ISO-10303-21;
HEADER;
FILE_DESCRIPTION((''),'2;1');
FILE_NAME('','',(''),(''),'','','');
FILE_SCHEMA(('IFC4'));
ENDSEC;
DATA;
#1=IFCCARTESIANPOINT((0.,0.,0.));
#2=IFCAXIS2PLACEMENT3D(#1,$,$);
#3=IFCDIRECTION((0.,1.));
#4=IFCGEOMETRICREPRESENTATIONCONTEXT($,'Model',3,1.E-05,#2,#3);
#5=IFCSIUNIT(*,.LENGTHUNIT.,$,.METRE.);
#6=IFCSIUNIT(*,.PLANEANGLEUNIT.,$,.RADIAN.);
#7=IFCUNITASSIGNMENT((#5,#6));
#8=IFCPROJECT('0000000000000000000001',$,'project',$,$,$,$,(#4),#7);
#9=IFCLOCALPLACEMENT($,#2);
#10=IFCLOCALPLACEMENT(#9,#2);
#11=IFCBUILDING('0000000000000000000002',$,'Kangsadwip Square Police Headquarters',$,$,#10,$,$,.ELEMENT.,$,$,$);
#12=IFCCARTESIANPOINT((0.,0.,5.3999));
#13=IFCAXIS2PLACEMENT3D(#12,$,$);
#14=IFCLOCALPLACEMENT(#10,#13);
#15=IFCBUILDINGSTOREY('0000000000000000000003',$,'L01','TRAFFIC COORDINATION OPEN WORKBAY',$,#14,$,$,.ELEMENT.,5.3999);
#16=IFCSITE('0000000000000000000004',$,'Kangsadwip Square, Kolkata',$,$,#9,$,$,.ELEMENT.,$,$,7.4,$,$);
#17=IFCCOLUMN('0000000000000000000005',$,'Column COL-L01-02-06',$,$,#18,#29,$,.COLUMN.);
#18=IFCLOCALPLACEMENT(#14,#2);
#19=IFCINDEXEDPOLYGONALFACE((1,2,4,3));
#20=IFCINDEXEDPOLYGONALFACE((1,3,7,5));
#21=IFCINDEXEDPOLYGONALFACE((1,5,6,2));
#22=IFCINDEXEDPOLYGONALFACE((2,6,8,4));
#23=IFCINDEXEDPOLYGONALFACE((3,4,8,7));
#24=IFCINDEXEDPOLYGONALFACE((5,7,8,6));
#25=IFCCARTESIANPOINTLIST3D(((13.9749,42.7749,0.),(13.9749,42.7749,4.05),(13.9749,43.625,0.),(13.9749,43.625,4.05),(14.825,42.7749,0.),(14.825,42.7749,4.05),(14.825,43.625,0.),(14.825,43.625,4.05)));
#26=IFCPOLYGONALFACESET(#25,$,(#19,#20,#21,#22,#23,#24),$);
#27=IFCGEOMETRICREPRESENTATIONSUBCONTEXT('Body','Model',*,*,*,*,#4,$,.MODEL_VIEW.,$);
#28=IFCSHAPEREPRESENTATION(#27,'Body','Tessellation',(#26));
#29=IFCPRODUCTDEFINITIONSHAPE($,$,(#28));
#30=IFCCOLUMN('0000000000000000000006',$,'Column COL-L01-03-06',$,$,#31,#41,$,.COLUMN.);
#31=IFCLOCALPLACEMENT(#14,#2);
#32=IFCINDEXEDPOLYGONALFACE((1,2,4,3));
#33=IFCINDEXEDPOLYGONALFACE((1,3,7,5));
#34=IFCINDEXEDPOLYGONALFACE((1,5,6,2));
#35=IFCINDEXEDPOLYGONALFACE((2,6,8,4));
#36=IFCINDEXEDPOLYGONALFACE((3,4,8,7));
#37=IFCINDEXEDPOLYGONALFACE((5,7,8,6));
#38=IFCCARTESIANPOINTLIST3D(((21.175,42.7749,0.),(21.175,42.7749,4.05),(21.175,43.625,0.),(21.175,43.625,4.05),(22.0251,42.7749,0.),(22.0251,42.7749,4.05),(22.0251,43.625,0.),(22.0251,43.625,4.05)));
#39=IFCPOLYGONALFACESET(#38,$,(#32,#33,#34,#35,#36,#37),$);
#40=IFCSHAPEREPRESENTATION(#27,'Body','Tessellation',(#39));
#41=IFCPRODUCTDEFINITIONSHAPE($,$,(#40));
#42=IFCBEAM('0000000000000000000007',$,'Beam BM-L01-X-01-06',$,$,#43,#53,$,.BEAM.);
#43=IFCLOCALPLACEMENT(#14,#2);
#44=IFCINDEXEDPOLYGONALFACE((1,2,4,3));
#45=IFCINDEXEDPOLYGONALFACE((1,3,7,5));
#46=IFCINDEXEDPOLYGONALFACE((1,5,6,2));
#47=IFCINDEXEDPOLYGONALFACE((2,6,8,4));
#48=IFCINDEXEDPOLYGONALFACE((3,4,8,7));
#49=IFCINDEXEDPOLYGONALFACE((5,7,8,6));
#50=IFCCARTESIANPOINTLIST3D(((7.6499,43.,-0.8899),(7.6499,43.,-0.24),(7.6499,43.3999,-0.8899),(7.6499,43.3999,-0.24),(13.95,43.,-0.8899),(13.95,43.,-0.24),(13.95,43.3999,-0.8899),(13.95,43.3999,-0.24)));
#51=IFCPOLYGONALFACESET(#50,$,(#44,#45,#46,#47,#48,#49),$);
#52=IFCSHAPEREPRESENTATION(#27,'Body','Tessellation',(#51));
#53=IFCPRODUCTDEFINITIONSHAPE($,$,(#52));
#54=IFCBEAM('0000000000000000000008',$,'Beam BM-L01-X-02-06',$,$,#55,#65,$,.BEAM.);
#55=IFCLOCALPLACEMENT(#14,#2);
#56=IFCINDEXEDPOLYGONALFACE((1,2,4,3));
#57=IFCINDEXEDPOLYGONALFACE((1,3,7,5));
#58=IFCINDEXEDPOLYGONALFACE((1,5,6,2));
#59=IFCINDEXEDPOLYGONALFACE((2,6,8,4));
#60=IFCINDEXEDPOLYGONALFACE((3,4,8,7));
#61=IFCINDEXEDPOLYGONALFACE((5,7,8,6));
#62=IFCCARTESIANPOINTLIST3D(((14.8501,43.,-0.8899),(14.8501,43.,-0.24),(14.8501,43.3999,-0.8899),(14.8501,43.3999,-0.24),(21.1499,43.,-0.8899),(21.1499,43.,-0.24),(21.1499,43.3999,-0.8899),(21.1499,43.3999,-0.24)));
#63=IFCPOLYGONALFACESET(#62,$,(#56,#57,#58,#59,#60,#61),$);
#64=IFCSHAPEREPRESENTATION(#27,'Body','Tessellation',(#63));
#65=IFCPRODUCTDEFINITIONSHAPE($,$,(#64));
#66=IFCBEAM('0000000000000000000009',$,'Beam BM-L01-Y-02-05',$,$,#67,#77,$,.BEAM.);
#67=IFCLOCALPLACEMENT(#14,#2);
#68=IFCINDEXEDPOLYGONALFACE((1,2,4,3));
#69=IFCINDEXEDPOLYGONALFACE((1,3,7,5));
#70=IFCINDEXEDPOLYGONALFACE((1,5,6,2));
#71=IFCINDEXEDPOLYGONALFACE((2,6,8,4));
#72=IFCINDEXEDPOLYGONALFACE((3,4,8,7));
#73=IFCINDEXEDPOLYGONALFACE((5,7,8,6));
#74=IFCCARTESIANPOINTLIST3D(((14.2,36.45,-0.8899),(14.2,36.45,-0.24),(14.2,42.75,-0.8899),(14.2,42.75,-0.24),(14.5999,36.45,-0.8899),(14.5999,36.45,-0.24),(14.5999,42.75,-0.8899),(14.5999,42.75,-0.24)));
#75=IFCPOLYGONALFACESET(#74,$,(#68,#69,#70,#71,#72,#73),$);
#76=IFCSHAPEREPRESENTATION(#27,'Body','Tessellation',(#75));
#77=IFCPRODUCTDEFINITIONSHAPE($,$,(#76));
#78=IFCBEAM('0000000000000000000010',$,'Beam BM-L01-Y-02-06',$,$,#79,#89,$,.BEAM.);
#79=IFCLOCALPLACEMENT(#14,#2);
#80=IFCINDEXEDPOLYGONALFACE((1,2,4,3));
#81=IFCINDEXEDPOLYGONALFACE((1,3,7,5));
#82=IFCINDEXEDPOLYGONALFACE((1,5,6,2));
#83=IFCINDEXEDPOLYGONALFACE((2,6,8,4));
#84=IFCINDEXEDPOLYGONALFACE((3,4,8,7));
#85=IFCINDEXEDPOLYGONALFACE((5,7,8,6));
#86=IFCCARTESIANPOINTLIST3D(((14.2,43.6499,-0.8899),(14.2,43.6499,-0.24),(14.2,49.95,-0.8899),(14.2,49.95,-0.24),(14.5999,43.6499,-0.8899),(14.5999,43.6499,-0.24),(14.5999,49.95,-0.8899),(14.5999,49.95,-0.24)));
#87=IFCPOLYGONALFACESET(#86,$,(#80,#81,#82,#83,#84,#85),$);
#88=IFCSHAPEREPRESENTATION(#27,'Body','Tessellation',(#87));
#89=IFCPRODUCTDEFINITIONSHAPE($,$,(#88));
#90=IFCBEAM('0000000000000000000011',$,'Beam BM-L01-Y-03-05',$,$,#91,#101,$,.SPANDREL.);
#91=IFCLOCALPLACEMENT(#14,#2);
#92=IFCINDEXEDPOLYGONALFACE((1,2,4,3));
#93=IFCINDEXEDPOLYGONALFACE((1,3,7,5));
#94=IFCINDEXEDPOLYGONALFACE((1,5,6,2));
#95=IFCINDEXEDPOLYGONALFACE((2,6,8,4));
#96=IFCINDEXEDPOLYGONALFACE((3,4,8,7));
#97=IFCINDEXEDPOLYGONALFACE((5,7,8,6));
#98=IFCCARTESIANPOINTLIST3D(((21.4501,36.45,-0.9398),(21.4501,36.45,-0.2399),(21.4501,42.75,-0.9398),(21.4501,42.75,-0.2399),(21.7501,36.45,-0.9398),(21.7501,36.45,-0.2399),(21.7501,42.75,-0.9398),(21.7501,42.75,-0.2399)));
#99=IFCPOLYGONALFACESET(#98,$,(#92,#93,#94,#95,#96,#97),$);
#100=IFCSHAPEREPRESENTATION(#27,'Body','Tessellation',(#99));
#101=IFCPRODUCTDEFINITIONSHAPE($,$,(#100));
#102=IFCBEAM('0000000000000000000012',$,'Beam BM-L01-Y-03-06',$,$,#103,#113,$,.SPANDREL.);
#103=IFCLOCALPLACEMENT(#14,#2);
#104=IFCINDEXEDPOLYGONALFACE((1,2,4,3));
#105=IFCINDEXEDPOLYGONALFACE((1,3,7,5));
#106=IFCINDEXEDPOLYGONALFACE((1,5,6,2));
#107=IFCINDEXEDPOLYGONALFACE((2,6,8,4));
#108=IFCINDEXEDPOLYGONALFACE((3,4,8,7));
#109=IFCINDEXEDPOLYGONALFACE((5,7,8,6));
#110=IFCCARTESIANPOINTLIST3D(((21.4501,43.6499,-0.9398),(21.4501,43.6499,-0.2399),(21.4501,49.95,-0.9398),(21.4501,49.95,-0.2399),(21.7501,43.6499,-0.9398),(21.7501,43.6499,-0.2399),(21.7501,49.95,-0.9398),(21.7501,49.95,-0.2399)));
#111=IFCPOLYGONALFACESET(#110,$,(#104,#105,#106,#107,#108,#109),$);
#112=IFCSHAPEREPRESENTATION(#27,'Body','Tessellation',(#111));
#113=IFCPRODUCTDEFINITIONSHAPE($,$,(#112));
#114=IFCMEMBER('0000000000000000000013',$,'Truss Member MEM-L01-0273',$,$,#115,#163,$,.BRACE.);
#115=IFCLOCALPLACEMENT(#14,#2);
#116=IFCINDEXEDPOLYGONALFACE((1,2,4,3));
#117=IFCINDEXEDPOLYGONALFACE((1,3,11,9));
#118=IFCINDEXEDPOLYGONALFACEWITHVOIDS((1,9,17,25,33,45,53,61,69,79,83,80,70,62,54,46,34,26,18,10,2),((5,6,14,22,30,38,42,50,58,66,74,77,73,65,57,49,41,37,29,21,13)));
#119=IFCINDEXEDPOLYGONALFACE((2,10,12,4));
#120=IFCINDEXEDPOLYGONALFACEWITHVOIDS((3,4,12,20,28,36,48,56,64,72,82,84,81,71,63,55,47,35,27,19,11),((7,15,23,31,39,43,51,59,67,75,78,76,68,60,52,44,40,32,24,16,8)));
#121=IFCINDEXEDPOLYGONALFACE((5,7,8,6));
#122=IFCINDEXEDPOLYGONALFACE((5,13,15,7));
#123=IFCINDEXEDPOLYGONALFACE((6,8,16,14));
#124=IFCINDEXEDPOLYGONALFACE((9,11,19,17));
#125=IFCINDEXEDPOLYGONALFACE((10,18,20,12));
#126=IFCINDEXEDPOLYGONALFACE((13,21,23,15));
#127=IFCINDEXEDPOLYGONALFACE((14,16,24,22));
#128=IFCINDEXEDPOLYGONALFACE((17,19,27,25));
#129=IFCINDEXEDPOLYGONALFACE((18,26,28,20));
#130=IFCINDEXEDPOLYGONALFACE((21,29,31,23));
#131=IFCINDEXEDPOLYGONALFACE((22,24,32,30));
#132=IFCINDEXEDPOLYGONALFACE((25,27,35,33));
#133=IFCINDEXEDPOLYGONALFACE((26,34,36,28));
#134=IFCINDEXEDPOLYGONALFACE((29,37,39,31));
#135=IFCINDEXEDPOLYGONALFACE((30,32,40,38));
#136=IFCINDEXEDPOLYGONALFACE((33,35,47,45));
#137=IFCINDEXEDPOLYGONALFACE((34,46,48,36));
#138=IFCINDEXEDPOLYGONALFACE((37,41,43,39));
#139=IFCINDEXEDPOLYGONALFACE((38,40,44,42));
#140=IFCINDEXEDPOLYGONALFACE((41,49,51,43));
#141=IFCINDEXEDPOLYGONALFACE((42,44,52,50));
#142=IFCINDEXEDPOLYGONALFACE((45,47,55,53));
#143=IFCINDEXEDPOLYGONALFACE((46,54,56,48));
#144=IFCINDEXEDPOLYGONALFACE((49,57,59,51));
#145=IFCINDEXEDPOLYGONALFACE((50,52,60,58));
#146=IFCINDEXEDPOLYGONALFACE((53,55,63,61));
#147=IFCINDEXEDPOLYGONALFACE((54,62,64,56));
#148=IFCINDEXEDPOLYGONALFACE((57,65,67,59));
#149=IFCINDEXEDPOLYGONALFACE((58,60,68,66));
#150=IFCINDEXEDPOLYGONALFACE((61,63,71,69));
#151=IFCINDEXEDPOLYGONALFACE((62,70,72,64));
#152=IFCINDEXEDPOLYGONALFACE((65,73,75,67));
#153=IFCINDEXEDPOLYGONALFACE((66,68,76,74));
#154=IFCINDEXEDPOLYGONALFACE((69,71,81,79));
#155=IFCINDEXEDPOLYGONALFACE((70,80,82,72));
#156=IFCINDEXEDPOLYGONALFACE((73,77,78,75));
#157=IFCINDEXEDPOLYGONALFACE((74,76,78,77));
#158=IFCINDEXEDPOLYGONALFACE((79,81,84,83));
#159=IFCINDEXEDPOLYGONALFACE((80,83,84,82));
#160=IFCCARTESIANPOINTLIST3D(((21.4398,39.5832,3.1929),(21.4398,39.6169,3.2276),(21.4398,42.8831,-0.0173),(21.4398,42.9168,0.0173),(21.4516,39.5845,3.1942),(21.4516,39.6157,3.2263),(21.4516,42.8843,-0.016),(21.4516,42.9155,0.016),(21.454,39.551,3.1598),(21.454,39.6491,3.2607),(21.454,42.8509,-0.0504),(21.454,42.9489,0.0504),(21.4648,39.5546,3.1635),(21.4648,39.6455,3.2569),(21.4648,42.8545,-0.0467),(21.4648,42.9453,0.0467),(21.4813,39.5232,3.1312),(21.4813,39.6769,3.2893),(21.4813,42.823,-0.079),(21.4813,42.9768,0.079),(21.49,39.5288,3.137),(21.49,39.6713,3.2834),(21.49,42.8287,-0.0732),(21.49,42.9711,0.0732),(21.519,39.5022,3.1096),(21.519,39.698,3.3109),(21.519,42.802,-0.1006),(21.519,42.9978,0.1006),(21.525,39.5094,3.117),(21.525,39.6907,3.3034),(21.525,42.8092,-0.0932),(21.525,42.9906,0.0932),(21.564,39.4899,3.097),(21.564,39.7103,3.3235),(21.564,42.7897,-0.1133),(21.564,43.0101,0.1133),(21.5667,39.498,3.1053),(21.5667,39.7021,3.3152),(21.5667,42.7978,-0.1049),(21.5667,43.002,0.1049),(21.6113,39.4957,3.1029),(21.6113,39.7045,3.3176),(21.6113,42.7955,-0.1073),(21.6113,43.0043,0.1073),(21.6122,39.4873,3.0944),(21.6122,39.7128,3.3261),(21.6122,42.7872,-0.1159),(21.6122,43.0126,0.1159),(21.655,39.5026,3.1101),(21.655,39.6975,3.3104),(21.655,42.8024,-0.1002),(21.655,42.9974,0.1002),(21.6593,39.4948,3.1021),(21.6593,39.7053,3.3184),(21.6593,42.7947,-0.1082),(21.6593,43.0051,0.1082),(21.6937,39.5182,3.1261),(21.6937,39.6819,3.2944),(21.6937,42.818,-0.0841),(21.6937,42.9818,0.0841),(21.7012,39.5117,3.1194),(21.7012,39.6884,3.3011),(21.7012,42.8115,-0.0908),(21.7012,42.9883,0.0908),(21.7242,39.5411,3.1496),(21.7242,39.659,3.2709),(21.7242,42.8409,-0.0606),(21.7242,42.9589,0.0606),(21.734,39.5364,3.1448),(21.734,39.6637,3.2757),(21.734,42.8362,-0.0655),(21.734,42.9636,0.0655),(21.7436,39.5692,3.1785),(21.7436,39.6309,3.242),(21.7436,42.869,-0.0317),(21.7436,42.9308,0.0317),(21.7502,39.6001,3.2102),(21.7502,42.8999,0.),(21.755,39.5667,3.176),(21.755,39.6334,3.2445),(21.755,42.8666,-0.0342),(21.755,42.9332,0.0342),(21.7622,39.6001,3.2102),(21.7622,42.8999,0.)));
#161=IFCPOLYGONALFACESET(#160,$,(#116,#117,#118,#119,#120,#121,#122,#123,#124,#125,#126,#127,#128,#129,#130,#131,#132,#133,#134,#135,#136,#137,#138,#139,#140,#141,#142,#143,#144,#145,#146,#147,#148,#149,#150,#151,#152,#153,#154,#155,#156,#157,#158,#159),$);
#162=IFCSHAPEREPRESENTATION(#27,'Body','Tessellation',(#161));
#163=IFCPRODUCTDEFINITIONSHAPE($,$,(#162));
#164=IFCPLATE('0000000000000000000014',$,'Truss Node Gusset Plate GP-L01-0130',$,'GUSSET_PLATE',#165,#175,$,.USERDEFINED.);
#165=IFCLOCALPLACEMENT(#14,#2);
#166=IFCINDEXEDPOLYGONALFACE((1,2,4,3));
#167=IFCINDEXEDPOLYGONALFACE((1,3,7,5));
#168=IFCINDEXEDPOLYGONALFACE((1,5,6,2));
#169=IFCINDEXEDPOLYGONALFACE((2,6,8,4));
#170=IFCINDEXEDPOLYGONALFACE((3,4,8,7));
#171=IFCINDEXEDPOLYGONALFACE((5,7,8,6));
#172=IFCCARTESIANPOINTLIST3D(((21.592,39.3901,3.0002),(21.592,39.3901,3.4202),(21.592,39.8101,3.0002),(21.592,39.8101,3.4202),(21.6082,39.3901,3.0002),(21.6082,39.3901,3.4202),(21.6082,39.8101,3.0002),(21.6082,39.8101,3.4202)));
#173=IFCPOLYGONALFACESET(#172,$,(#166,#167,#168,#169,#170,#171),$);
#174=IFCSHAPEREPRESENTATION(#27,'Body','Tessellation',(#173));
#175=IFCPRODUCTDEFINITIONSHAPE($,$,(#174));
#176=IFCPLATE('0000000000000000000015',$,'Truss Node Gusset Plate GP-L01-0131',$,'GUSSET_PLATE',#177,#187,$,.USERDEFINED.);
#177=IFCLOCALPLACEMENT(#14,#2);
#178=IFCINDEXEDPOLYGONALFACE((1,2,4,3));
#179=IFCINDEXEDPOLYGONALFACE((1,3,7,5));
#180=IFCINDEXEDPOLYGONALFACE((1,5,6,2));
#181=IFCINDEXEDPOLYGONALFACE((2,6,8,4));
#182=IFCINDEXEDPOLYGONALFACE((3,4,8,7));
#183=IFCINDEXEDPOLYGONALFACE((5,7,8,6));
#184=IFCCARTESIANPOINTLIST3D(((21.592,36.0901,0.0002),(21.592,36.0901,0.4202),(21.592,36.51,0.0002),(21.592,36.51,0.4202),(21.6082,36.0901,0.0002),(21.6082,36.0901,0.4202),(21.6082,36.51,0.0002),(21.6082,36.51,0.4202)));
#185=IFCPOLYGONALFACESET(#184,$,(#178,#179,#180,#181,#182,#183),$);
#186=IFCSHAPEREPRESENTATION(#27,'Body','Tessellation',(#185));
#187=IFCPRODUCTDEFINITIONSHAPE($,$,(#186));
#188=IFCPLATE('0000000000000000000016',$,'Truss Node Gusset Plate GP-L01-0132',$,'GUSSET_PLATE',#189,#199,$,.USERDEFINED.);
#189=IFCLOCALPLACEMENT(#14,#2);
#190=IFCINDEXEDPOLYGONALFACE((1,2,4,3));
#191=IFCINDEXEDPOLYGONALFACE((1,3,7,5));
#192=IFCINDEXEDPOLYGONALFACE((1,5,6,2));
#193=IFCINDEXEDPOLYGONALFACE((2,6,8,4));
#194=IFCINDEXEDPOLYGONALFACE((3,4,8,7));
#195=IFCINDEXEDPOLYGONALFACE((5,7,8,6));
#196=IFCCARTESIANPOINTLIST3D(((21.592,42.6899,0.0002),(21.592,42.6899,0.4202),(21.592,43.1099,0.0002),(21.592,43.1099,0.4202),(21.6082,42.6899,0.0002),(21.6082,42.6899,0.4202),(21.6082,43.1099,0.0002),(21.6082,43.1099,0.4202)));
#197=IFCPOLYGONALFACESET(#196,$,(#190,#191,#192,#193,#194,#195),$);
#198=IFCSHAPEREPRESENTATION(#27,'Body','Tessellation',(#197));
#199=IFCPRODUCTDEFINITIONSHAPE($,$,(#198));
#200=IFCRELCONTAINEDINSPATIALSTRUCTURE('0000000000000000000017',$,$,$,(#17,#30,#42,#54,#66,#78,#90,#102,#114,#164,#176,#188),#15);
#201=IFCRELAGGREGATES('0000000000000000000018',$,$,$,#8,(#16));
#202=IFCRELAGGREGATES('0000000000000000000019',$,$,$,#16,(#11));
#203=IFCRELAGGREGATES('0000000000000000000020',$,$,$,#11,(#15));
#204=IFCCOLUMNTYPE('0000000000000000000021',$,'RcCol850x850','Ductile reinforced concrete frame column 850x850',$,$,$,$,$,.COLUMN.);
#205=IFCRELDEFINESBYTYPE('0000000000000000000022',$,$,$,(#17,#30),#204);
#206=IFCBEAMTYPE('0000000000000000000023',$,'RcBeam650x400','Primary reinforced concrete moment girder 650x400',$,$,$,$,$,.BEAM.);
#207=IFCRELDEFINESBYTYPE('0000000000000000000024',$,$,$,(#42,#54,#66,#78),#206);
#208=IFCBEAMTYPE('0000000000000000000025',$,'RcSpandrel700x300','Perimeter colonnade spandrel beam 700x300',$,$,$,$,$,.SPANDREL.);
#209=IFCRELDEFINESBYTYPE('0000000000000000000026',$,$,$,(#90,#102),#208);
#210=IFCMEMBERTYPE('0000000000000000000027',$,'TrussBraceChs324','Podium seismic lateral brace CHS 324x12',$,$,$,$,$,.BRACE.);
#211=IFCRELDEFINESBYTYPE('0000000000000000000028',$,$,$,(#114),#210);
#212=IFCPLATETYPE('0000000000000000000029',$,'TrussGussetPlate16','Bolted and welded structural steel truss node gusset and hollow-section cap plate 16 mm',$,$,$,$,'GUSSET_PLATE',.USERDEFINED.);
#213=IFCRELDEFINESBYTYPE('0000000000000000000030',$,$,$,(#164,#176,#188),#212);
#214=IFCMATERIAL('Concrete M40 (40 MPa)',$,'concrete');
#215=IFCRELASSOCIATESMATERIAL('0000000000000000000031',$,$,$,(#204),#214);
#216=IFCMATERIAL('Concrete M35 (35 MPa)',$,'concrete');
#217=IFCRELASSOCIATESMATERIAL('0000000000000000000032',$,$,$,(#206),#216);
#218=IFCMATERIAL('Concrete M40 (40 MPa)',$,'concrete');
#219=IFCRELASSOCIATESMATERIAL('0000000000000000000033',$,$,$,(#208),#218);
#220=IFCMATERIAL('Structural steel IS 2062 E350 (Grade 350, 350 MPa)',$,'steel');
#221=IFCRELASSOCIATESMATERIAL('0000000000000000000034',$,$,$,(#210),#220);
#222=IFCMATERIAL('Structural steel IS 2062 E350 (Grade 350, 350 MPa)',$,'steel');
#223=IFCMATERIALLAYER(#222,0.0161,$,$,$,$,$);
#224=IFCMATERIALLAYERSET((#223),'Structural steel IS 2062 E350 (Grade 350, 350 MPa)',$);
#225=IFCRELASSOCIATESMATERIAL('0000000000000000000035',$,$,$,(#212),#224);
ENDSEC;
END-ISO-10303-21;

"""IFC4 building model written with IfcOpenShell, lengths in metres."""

from ifc_helpers import new_model, si_unit, direction, frame, origin, origin_2d, place, context, subcontext, project, spatial, rectangle, hollow_circle, extrude, material, layer, layer_set, material_profile, profile_set, type_object, element, save


model = new_model("IFC4")

# Units and contexts
model_context = context("Model", 3, precision=1e-05, world=origin(), true_north=direction((0.0, 1.0)))
body_context = subcontext(model_context, "Body", "Model", "MODEL_VIEW")
ifc_project = project(units=[si_unit("LENGTHUNIT", "METRE"), si_unit("PLANEANGLEUNIT", "RADIAN")], contexts=[model_context])

# Site, building, storey
site_placement = place(None, origin())
site = spatial("IfcSite", under=ifc_project, at=site_placement, Name="Kangsadwip Square, Kolkata", CompositionType="ELEMENT", RefElevation=7.4)
building_placement = place(site_placement, origin())
building = spatial("IfcBuilding", under=site, at=building_placement, Name="Kangsadwip Square Police Headquarters", CompositionType="ELEMENT")
storey_placement = place(building_placement, frame((0.0, 0.0, 5.3999)))
storey = spatial("IfcBuildingStorey", under=building, at=storey_placement, Name="L01", Description="TRAFFIC COORDINATION OPEN WORKBAY", CompositionType="ELEMENT", Elevation=5.3999)

# Columns
ifc_material_1 = material(Name="Concrete M40 (40 MPa)", Category="concrete")
ifc_material_profile_1 = material_profile(ifc_material_1, rectangle(XDim=0.8501, YDim=0.8501, at=origin_2d()), Name="RC COL 850X850")
ifc_profile_set_1 = profile_set([ifc_material_profile_1], Name="Concrete M40 (40 MPa)")
column_type = type_object("IfcColumnType", Name="RcCol850x850", Description="Ductile reinforced concrete frame column 850x850", PredefinedType="COLUMN", material=ifc_profile_set_1)
for number, where, z_axis, x_axis, name in (
    (1, (14.3999, 43.2, 0.0), (0.0, 0.0, 1.0), (1.0, 0.0, 0.0), "Column COL-L01-02-06"),
    (2, (21.6001, 43.2, 0.0), (0.0, 0.0, 1.0), (1.0, 0.0, 0.0), "Column COL-L01-03-06"),
):
    element("IfcColumn", number, at=place(storey_placement, frame(where, z_axis=z_axis, x_axis=x_axis)), inside=storey, type_object=column_type, Name=name, PredefinedType="COLUMN", context=body_context, shape_type="SweptSolid", body=[
        extrude(rectangle(XDim=0.8501, YDim=0.8501, at=origin_2d()), origin(), (0.0, 0.0, 1.0), 4.05),
    ])

# Beams
ifc_material_2 = material(Name="Concrete M35 (35 MPa)", Category="concrete")
ifc_material_profile_2 = material_profile(ifc_material_2, rectangle(XDim=0.3999, YDim=0.6499, at=origin_2d()), Name="RC BM 650X400")
ifc_profile_set_2 = profile_set([ifc_material_profile_2], Name="Concrete M35 (35 MPa)")
beam_type_1 = type_object("IfcBeamType", Name="RcBeam650x400", Description="Primary reinforced concrete moment girder 650x400", PredefinedType="BEAM", material=ifc_profile_set_2)
beam_1_placement = place(storey_placement, frame((7.6499, 43.2, -0.5649), z_axis=(1.0, 0.0, 0.0), x_axis=(0.0, 1.0, 0.0)))
element("IfcBeam", 3, at=beam_1_placement, inside=storey, type_object=beam_type_1, Name="Beam BM-L01-X-01-06", PredefinedType="BEAM", context=body_context, shape_type="SweptSolid", body=[
    extrude(rectangle(XDim=0.3999, YDim=0.6499, at=origin_2d()), origin(), (0.0, 0.0, 1.0), 6.3),
])
beam_2_placement = place(storey_placement, frame((14.8501, 43.2, -0.5649), z_axis=(1.0, 0.0, 0.0), x_axis=(0.0, 1.0, 0.0)))
element("IfcBeam", 4, at=beam_2_placement, inside=storey, type_object=beam_type_1, Name="Beam BM-L01-X-02-06", PredefinedType="BEAM", context=body_context, shape_type="SweptSolid", body=[
    extrude(rectangle(XDim=0.3999, YDim=0.6499, at=origin_2d()), origin(), (0.0, 0.0, 1.0), 6.2998),
])
for number, where, z_axis, x_axis, name in (
    (5, (14.3999, 36.45, -0.5649), (0.0, 1.0, 0.0), (-1.0, 0.0, 0.0), "Beam BM-L01-Y-02-05"),
    (6, (14.3999, 43.6499, -0.5649), (0.0, 1.0, 0.0), (-1.0, 0.0, 0.0), "Beam BM-L01-Y-02-06"),
):
    element("IfcBeam", number, at=place(storey_placement, frame(where, z_axis=z_axis, x_axis=x_axis)), inside=storey, type_object=beam_type_1, Name=name, PredefinedType="BEAM", context=body_context, shape_type="SweptSolid", body=[
        extrude(rectangle(XDim=0.3999, YDim=0.6499, at=origin_2d()), origin(), (0.0, 0.0, 1.0), 6.3),
    ])
ifc_material_3 = material(Name="Concrete M40 (40 MPa)", Category="concrete")
ifc_material_profile_3 = material_profile(ifc_material_3, rectangle(XDim=0.3, YDim=0.7, at=origin_2d()), Name="RC SPN 700X300")
ifc_profile_set_3 = profile_set([ifc_material_profile_3], Name="Concrete M40 (40 MPa)")
beam_type_2 = type_object("IfcBeamType", Name="RcSpandrel700x300", Description="Perimeter colonnade spandrel beam 700x300", PredefinedType="SPANDREL", material=ifc_profile_set_3)
for number, where, z_axis, x_axis, name in (
    (7, (21.6001, 36.45, -0.5898), (0.0, 1.0, 0.0), (-1.0, 0.0, 0.0), "Beam BM-L01-Y-03-05"),
    (8, (21.6001, 43.6499, -0.5898), (0.0, 1.0, 0.0), (-1.0, 0.0, 0.0), "Beam BM-L01-Y-03-06"),
):
    element("IfcBeam", number, at=place(storey_placement, frame(where, z_axis=z_axis, x_axis=x_axis)), inside=storey, type_object=beam_type_2, Name=name, PredefinedType="SPANDREL", context=body_context, shape_type="SweptSolid", body=[
        extrude(rectangle(XDim=0.3, YDim=0.7, at=origin_2d()), origin(), (0.0, 0.0, 1.0), 6.3),
    ])

# Member
ifc_material_4 = material(Name="Structural steel IS 2062 E350 (Grade 350, 350 MPa)", Category="steel")
ifc_material_profile_4 = material_profile(ifc_material_4, hollow_circle(Radius=0.1621, WallThickness=0.012, at=origin_2d()), Name="CHS 324X12")
ifc_profile_set_4 = profile_set([ifc_material_profile_4], Name="Structural steel IS 2062 E350 (Grade 350, 350 MPa)")
member_type = type_object("IfcMemberType", Name="TrussBraceChs324", Description="Podium seismic lateral brace CHS 324x12", PredefinedType="BRACE", material=ifc_profile_set_4)
member_placement = place(storey_placement, frame((21.6001, 42.8999, 0.0), z_axis=(0.0, -0.716771, 0.697309), x_axis=(1.0, 0.0, 0.0)))
element("IfcMember", 9, at=member_placement, inside=storey, type_object=member_type, Name="Truss Member MEM-L01-0273", PredefinedType="BRACE", context=body_context, shape_type="SweptSolid", body=[
    extrude(hollow_circle(Radius=0.1621, WallThickness=0.012, at=origin_2d()), origin(), (0.0, 0.0, 1.0), 4.6038),
])

# Plates
ifc_material_5 = material(Name="Structural steel IS 2062 E350 (Grade 350, 350 MPa)", Category="steel")
ifc_layer_1 = layer(ifc_material_5, 0.0161)
ifc_layer_set_1 = layer_set([ifc_layer_1], Name="Structural steel IS 2062 E350 (Grade 350, 350 MPa)")
plate_type = type_object("IfcPlateType", Name="TrussGussetPlate16", Description="Bolted and welded structural steel truss node gusset and hollow-section cap plate 16 mm", ElementType="GUSSET_PLATE", PredefinedType="USERDEFINED", material=ifc_layer_set_1)
for number, where, z_axis, x_axis, name in (
    (10, (21.6001, 39.6001, 3.0002), (0.0, 0.0, 1.0), (0.0, 1.0, 0.0), "Truss Node Gusset Plate GP-L01-0130"),
    (11, (21.6001, 36.3, 0.0002), (0.0, 0.0, 1.0), (0.0, 1.0, 0.0), "Truss Node Gusset Plate GP-L01-0131"),
    (12, (21.6001, 42.8999, 0.0002), (0.0, 0.0, 1.0), (0.0, 1.0, 0.0), "Truss Node Gusset Plate GP-L01-0132"),
):
    element("IfcPlate", number, at=place(storey_placement, frame(where, z_axis=z_axis, x_axis=x_axis)), inside=storey, type_object=plate_type, Name=name, ObjectType="GUSSET_PLATE", PredefinedType="USERDEFINED", context=body_context, shape_type="SweptSolid", body=[
        extrude(rectangle(XDim=0.4199, YDim=0.0161, at=origin_2d()), origin(), (0.0, 0.0, 1.0), 0.4199),
    ])

save(model, "model.ifc")
